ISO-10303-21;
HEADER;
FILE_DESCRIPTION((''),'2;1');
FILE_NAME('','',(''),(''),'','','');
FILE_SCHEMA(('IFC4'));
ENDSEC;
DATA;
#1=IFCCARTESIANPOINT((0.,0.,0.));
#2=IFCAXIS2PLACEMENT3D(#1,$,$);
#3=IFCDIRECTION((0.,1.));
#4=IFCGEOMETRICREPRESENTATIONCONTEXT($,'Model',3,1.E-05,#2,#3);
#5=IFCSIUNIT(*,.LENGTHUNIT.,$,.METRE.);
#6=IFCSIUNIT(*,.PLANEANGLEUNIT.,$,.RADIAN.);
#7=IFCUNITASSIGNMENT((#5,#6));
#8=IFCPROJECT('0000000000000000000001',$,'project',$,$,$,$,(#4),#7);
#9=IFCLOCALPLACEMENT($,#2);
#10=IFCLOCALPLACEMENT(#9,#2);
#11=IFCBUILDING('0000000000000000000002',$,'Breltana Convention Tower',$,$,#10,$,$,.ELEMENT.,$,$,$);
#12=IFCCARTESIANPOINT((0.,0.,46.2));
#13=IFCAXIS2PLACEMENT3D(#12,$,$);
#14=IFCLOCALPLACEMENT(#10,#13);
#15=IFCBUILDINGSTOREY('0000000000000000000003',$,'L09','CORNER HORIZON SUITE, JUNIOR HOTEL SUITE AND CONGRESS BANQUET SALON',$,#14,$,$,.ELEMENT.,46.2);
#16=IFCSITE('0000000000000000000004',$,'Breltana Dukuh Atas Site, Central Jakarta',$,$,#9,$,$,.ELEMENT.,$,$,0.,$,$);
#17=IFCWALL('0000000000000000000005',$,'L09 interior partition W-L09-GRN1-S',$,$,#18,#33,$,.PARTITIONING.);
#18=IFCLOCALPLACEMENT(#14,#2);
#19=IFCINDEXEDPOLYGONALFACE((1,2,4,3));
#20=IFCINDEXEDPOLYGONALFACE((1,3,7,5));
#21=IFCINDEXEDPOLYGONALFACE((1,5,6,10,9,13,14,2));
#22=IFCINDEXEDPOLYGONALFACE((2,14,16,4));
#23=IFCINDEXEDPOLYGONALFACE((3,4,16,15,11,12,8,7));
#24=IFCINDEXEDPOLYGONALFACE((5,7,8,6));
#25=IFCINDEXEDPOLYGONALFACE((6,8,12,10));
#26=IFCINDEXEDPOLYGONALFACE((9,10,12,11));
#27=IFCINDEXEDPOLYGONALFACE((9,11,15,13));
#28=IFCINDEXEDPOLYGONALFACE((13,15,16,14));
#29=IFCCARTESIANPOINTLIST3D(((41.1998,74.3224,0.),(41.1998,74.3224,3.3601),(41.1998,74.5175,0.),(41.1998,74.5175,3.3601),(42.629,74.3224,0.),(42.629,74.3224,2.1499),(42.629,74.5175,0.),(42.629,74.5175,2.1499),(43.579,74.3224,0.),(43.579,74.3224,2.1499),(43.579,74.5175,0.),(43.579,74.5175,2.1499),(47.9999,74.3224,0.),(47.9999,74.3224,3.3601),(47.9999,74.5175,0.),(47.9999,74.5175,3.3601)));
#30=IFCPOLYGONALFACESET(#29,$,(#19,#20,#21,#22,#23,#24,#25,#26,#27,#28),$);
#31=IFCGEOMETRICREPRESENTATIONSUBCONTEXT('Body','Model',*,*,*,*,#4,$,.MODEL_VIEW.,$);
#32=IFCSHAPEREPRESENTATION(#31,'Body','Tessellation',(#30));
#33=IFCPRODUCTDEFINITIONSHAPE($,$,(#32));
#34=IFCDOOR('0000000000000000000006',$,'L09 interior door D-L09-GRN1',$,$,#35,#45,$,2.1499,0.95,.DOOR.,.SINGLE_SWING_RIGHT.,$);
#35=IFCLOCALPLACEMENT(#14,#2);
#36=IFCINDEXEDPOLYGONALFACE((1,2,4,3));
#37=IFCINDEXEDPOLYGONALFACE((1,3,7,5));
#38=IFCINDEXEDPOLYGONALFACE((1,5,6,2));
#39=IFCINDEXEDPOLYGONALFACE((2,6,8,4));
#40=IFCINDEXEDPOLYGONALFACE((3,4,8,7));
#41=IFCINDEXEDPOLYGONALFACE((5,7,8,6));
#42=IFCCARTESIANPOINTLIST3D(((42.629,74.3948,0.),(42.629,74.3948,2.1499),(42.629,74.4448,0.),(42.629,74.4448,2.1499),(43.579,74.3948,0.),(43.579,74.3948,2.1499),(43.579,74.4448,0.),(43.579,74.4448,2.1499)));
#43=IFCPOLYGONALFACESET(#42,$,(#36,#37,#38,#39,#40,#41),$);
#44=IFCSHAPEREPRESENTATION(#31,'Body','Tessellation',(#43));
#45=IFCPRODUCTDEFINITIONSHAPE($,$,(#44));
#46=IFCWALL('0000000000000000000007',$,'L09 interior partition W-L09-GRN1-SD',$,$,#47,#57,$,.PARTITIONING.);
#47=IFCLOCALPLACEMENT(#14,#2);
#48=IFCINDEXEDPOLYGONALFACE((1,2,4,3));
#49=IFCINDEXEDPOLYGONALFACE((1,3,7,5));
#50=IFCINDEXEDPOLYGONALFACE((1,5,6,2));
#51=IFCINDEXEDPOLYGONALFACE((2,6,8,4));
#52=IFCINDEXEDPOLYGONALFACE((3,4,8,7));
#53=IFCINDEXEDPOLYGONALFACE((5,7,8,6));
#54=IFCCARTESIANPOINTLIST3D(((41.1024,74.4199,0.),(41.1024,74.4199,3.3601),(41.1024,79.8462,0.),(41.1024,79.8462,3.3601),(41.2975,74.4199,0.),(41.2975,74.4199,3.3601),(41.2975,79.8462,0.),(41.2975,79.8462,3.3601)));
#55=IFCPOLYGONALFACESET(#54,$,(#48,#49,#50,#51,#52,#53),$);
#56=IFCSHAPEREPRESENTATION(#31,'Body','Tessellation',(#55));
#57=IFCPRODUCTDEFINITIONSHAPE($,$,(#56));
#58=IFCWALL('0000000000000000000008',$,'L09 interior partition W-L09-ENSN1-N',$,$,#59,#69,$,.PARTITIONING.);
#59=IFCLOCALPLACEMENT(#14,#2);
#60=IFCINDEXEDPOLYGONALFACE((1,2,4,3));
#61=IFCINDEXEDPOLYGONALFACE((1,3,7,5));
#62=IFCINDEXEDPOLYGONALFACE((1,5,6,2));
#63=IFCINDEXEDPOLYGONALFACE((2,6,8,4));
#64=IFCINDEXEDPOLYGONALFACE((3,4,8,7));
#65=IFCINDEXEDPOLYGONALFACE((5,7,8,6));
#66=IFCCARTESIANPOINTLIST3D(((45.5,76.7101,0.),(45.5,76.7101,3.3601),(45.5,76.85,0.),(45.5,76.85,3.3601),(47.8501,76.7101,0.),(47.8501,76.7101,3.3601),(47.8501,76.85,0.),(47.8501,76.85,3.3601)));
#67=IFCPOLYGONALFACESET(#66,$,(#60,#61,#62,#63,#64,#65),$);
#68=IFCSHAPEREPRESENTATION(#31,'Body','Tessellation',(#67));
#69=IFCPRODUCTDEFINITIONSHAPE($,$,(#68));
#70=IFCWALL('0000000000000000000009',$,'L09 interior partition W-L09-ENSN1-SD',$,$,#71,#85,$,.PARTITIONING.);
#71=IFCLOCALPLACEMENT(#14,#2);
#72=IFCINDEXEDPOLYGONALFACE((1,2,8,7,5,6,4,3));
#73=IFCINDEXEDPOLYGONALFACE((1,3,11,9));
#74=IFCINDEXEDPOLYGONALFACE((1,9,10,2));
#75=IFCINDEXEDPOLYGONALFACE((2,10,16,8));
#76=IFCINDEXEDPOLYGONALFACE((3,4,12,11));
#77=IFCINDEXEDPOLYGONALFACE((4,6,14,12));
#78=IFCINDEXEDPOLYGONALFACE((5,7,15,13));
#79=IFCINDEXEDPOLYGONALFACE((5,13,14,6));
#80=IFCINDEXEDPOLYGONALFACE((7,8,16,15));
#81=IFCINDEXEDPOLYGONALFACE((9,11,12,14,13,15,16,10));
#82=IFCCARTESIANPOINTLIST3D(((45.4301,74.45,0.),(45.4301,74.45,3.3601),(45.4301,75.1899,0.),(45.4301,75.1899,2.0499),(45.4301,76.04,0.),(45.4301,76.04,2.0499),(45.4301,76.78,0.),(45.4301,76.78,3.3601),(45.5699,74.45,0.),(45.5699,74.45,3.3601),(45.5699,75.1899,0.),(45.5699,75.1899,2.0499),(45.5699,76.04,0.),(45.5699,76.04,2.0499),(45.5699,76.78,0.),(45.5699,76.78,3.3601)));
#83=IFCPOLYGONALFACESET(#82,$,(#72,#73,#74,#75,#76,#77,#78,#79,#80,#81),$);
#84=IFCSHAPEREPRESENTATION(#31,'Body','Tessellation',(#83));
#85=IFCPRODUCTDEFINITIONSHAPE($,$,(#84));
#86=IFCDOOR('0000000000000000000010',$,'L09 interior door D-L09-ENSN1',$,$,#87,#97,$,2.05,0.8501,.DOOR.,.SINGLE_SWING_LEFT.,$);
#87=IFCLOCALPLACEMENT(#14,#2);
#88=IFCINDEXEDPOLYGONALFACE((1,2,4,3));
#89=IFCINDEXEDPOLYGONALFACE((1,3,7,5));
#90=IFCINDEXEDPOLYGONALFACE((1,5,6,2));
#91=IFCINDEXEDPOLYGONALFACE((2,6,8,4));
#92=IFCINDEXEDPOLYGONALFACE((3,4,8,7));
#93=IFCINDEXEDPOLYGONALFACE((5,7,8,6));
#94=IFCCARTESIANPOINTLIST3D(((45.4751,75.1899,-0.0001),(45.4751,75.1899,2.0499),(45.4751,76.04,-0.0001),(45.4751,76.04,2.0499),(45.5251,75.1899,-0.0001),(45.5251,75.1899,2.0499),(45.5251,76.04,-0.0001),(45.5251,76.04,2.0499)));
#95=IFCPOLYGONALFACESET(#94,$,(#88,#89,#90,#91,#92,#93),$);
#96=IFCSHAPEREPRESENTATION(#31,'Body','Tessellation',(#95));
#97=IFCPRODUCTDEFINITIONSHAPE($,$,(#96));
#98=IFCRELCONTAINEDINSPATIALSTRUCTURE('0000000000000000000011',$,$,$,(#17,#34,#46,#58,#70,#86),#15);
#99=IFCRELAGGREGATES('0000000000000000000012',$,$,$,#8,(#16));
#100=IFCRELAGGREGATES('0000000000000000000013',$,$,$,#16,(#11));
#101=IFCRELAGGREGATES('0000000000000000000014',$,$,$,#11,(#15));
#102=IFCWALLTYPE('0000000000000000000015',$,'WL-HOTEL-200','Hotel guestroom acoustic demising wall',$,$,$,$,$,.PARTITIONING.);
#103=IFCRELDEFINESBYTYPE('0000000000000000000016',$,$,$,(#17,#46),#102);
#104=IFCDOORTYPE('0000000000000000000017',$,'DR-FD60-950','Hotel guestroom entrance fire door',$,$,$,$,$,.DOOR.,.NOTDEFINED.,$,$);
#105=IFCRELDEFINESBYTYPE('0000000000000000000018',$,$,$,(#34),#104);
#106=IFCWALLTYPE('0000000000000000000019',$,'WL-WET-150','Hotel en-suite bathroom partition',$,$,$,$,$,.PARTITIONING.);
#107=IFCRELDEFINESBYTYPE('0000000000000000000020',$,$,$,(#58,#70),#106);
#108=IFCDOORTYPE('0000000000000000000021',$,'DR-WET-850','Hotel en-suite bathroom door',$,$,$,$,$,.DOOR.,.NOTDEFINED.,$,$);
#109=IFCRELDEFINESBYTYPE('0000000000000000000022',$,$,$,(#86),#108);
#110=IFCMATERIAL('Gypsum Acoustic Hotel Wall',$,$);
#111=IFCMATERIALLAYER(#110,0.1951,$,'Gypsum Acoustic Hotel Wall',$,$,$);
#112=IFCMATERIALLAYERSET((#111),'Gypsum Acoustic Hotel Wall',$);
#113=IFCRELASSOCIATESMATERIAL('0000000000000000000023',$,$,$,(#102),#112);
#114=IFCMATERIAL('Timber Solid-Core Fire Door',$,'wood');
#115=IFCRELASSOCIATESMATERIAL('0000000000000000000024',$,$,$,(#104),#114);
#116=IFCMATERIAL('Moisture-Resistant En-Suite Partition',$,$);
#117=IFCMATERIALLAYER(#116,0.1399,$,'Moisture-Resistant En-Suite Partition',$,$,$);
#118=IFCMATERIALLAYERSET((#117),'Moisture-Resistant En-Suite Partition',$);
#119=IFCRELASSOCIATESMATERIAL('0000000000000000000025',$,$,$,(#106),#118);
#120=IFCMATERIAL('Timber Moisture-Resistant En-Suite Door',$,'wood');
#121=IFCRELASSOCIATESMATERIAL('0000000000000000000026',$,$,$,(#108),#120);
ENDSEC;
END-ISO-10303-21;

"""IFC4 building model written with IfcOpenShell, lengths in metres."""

from ifc_helpers import new_model, si_unit, direction, frame, frame_2d, origin, place, context, subcontext, project, spatial, rectangle, extrude, source, transform, mapped, material, layer, layer_set, type_object, type_shapes, element, fill, save


model = new_model("IFC4")

# Units and contexts
model_context = context("Model", 3, precision=1e-05, world=origin(), true_north=direction((0.0, 1.0)))
body_context = subcontext(model_context, "Body", "Model", "MODEL_VIEW")
ifc_project = project(units=[si_unit("LENGTHUNIT", "METRE"), si_unit("PLANEANGLEUNIT", "RADIAN")], contexts=[model_context])

# Site, building, storey
site_placement = place(None, origin())
site = spatial("IfcSite", under=ifc_project, at=site_placement, Name="Breltana Dukuh Atas Site, Central Jakarta", CompositionType="ELEMENT", RefElevation=0.0)
building_placement = place(site_placement, origin())
building = spatial("IfcBuilding", under=site, at=building_placement, Name="Breltana Convention Tower", CompositionType="ELEMENT")
storey_placement = place(building_placement, frame((0.0, 0.0, 46.2)))
storey = spatial("IfcBuildingStorey", under=building, at=storey_placement, Name="L09", Description="CORNER HORIZON SUITE, JUNIOR HOTEL SUITE AND CONGRESS BANQUET SALON", CompositionType="ELEMENT", Elevation=46.2)

# Wall, opening, door
ifc_material_1 = material(Name="Gypsum Acoustic Hotel Wall")
ifc_layer_1 = layer(ifc_material_1, 0.1951, Name="Gypsum Acoustic Hotel Wall")
ifc_layer_set_1 = layer_set([ifc_layer_1], Name="Gypsum Acoustic Hotel Wall")
wall_type_1 = type_object("IfcWallType", Name="WL-HOTEL-200", Description="Hotel guestroom acoustic demising wall", PredefinedType="PARTITIONING", material=ifc_layer_set_1)
shared_shape_1 = source(origin(), body_context, "Body", "SweptSolid", [
    extrude(rectangle(XDim=6.8, YDim=0.1951, at=frame_2d((3.3999, 0.0))), origin(), (0.0, 0.0, 1.0), 3.3601),
])
type_shapes(wall_type_1, [shared_shape_1])
wall_1_placement = place(storey_placement, frame((41.2, 74.4199, 0.0), z_axis=(0.0, 0.0, 1.0), x_axis=(1.0, 0.0, 0.0)))
wall_1 = element("IfcWall", 1, at=wall_1_placement, inside=storey, type_object=wall_type_1, Name="L09 interior partition W-L09-GRN1-S", PredefinedType="PARTITIONING", context=body_context, shape_type="MappedRepresentation", body=[
    mapped(shared_shape_1, transform((0.0, 0.0, 0.0), scale=1.0)),
])
opening_1_placement = place(wall_1_placement, frame((1.429, 0.0, 0.0)))
opening_1 = element("IfcOpeningElement", 2, at=opening_1_placement, cuts=wall_1, PredefinedType="OPENING", context=body_context, shape_type="SweptSolid", body=[
    extrude(rectangle(XDim=0.95, YDim=2.1499, at=frame_2d((0.4751, 1.075))), frame((0.0, 0.1074, 0.0), z_axis=(0.0, -1.0, 0.0), x_axis=(1.0, 0.0, 0.0)), (0.0, 0.0, 1.0), 0.2151),
])
ifc_material_2 = material(Name="Timber Solid-Core Fire Door", Category="wood")
door_type_1 = type_object("IfcDoorType", Name="DR-FD60-950", Description="Hotel guestroom entrance fire door", OperationType="NOTDEFINED", PredefinedType="DOOR", material=ifc_material_2)
shared_shape_2 = source(origin(), body_context, "Body", "SweptSolid", [
    extrude(rectangle(XDim=0.95, YDim=2.1499, at=frame_2d((0.4751, 1.075))), frame((0.0, 0.0249, 0.0), z_axis=(0.0, -1.0, 0.0), x_axis=(1.0, 0.0, 0.0)), (0.0, 0.0, 1.0), 0.05),
])
type_shapes(door_type_1, [shared_shape_2])
door_1_placement = place(opening_1_placement, origin())
door_1 = element("IfcDoor", 3, at=door_1_placement, inside=storey, type_object=door_type_1, Name="L09 interior door D-L09-GRN1", OperationType="SINGLE_SWING_RIGHT", OverallHeight=2.1499, OverallWidth=0.95, PredefinedType="DOOR", context=body_context, shape_type="MappedRepresentation", body=[
    mapped(shared_shape_2, transform((0.0, 0.0, 0.0), scale=1.0)),
])
fill(opening_1, door_1)

# Walls
shared_shape_3 = source(origin(), body_context, "Body", "SweptSolid", [
    extrude(rectangle(XDim=5.4263, YDim=0.1951, at=frame_2d((2.7131, 0.0))), origin(), (0.0, 0.0, 1.0), 3.3601),
])
wall_2_placement = place(storey_placement, frame((41.2, 74.4199, 0.0), z_axis=(0.0, 0.0, 1.0), x_axis=(0.0, 1.0, 0.0)))
element("IfcWall", 4, at=wall_2_placement, inside=storey, type_object=wall_type_1, Name="L09 interior partition W-L09-GRN1-SD", PredefinedType="PARTITIONING", context=body_context, shape_type="MappedRepresentation", body=[
    mapped(shared_shape_3, transform((0.0, 0.0, 0.0), scale=1.0)),
])
ifc_material_3 = material(Name="Moisture-Resistant En-Suite Partition")
ifc_layer_2 = layer(ifc_material_3, 0.1399, Name="Moisture-Resistant En-Suite Partition")
ifc_layer_set_2 = layer_set([ifc_layer_2], Name="Moisture-Resistant En-Suite Partition")
wall_type_2 = type_object("IfcWallType", Name="WL-WET-150", Description="Hotel en-suite bathroom partition", PredefinedType="PARTITIONING", material=ifc_layer_set_2)
shared_shape_4 = source(origin(), body_context, "Body", "SweptSolid", [
    extrude(rectangle(XDim=2.3501, YDim=0.1399, at=frame_2d((1.175, 0.0))), origin(), (0.0, 0.0, 1.0), 3.3601),
])
type_shapes(wall_type_2, [shared_shape_4])
wall_3_placement = place(storey_placement, frame((45.5, 76.78, 0.0), z_axis=(0.0, 0.0, 1.0), x_axis=(1.0, 0.0, 0.0)))
element("IfcWall", 5, at=wall_3_placement, inside=storey, type_object=wall_type_2, Name="L09 interior partition W-L09-ENSN1-N", PredefinedType="PARTITIONING", context=body_context, shape_type="MappedRepresentation", body=[
    mapped(shared_shape_4, transform((0.0, 0.0, 0.0), scale=1.0)),
])

# Wall, opening, door
shared_shape_5 = source(origin(), body_context, "Body", "SweptSolid", [
    extrude(rectangle(XDim=2.3301, YDim=0.1399, at=frame_2d((1.165, 0.0))), origin(), (0.0, 0.0, 1.0), 3.3601),
])
wall_4_placement = place(storey_placement, frame((45.5, 74.45, 0.0), z_axis=(0.0, 0.0, 1.0), x_axis=(0.0, 1.0, 0.0)))
wall_4 = element("IfcWall", 6, at=wall_4_placement, inside=storey, type_object=wall_type_2, Name="L09 interior partition W-L09-ENSN1-SD", PredefinedType="PARTITIONING", context=body_context, shape_type="MappedRepresentation", body=[
    mapped(shared_shape_5, transform((0.0, 0.0, 0.0), scale=1.0)),
])
opening_2_placement = place(wall_4_placement, frame((0.74, 0.0, 0.0)))
opening_2 = element("IfcOpeningElement", 7, at=opening_2_placement, cuts=wall_4, PredefinedType="OPENING", context=body_context, shape_type="SweptSolid", body=[
    extrude(rectangle(XDim=0.8501, YDim=2.05, at=frame_2d((0.425, 1.0249))), frame((0.0, 0.0801, 0.0), z_axis=(0.0, -1.0, 0.0), x_axis=(1.0, 0.0, 0.0)), (0.0, 0.0, 1.0), 0.1599),
])
ifc_material_4 = material(Name="Timber Moisture-Resistant En-Suite Door", Category="wood")
door_type_2 = type_object("IfcDoorType", Name="DR-WET-850", Description="Hotel en-suite bathroom door", OperationType="NOTDEFINED", PredefinedType="DOOR", material=ifc_material_4)
shared_shape_6 = source(origin(), body_context, "Body", "SweptSolid", [
    extrude(rectangle(XDim=0.8501, YDim=2.05, at=frame_2d((0.425, 1.0249))), frame((0.0, 0.0249, 0.0), z_axis=(0.0, -1.0, 0.0), x_axis=(1.0, 0.0, 0.0)), (0.0, 0.0, 1.0), 0.05),
])
type_shapes(door_type_2, [shared_shape_6])
door_2_placement = place(opening_2_placement, origin())
door_2 = element("IfcDoor", 8, at=door_2_placement, inside=storey, type_object=door_type_2, Name="L09 interior door D-L09-ENSN1", OperationType="SINGLE_SWING_LEFT", OverallHeight=2.05, OverallWidth=0.8501, PredefinedType="DOOR", context=body_context, shape_type="MappedRepresentation", body=[
    mapped(shared_shape_6, transform((0.0, 0.0, 0.0), scale=1.0)),
])
fill(opening_2, door_2)

save(model, "model.ifc")
